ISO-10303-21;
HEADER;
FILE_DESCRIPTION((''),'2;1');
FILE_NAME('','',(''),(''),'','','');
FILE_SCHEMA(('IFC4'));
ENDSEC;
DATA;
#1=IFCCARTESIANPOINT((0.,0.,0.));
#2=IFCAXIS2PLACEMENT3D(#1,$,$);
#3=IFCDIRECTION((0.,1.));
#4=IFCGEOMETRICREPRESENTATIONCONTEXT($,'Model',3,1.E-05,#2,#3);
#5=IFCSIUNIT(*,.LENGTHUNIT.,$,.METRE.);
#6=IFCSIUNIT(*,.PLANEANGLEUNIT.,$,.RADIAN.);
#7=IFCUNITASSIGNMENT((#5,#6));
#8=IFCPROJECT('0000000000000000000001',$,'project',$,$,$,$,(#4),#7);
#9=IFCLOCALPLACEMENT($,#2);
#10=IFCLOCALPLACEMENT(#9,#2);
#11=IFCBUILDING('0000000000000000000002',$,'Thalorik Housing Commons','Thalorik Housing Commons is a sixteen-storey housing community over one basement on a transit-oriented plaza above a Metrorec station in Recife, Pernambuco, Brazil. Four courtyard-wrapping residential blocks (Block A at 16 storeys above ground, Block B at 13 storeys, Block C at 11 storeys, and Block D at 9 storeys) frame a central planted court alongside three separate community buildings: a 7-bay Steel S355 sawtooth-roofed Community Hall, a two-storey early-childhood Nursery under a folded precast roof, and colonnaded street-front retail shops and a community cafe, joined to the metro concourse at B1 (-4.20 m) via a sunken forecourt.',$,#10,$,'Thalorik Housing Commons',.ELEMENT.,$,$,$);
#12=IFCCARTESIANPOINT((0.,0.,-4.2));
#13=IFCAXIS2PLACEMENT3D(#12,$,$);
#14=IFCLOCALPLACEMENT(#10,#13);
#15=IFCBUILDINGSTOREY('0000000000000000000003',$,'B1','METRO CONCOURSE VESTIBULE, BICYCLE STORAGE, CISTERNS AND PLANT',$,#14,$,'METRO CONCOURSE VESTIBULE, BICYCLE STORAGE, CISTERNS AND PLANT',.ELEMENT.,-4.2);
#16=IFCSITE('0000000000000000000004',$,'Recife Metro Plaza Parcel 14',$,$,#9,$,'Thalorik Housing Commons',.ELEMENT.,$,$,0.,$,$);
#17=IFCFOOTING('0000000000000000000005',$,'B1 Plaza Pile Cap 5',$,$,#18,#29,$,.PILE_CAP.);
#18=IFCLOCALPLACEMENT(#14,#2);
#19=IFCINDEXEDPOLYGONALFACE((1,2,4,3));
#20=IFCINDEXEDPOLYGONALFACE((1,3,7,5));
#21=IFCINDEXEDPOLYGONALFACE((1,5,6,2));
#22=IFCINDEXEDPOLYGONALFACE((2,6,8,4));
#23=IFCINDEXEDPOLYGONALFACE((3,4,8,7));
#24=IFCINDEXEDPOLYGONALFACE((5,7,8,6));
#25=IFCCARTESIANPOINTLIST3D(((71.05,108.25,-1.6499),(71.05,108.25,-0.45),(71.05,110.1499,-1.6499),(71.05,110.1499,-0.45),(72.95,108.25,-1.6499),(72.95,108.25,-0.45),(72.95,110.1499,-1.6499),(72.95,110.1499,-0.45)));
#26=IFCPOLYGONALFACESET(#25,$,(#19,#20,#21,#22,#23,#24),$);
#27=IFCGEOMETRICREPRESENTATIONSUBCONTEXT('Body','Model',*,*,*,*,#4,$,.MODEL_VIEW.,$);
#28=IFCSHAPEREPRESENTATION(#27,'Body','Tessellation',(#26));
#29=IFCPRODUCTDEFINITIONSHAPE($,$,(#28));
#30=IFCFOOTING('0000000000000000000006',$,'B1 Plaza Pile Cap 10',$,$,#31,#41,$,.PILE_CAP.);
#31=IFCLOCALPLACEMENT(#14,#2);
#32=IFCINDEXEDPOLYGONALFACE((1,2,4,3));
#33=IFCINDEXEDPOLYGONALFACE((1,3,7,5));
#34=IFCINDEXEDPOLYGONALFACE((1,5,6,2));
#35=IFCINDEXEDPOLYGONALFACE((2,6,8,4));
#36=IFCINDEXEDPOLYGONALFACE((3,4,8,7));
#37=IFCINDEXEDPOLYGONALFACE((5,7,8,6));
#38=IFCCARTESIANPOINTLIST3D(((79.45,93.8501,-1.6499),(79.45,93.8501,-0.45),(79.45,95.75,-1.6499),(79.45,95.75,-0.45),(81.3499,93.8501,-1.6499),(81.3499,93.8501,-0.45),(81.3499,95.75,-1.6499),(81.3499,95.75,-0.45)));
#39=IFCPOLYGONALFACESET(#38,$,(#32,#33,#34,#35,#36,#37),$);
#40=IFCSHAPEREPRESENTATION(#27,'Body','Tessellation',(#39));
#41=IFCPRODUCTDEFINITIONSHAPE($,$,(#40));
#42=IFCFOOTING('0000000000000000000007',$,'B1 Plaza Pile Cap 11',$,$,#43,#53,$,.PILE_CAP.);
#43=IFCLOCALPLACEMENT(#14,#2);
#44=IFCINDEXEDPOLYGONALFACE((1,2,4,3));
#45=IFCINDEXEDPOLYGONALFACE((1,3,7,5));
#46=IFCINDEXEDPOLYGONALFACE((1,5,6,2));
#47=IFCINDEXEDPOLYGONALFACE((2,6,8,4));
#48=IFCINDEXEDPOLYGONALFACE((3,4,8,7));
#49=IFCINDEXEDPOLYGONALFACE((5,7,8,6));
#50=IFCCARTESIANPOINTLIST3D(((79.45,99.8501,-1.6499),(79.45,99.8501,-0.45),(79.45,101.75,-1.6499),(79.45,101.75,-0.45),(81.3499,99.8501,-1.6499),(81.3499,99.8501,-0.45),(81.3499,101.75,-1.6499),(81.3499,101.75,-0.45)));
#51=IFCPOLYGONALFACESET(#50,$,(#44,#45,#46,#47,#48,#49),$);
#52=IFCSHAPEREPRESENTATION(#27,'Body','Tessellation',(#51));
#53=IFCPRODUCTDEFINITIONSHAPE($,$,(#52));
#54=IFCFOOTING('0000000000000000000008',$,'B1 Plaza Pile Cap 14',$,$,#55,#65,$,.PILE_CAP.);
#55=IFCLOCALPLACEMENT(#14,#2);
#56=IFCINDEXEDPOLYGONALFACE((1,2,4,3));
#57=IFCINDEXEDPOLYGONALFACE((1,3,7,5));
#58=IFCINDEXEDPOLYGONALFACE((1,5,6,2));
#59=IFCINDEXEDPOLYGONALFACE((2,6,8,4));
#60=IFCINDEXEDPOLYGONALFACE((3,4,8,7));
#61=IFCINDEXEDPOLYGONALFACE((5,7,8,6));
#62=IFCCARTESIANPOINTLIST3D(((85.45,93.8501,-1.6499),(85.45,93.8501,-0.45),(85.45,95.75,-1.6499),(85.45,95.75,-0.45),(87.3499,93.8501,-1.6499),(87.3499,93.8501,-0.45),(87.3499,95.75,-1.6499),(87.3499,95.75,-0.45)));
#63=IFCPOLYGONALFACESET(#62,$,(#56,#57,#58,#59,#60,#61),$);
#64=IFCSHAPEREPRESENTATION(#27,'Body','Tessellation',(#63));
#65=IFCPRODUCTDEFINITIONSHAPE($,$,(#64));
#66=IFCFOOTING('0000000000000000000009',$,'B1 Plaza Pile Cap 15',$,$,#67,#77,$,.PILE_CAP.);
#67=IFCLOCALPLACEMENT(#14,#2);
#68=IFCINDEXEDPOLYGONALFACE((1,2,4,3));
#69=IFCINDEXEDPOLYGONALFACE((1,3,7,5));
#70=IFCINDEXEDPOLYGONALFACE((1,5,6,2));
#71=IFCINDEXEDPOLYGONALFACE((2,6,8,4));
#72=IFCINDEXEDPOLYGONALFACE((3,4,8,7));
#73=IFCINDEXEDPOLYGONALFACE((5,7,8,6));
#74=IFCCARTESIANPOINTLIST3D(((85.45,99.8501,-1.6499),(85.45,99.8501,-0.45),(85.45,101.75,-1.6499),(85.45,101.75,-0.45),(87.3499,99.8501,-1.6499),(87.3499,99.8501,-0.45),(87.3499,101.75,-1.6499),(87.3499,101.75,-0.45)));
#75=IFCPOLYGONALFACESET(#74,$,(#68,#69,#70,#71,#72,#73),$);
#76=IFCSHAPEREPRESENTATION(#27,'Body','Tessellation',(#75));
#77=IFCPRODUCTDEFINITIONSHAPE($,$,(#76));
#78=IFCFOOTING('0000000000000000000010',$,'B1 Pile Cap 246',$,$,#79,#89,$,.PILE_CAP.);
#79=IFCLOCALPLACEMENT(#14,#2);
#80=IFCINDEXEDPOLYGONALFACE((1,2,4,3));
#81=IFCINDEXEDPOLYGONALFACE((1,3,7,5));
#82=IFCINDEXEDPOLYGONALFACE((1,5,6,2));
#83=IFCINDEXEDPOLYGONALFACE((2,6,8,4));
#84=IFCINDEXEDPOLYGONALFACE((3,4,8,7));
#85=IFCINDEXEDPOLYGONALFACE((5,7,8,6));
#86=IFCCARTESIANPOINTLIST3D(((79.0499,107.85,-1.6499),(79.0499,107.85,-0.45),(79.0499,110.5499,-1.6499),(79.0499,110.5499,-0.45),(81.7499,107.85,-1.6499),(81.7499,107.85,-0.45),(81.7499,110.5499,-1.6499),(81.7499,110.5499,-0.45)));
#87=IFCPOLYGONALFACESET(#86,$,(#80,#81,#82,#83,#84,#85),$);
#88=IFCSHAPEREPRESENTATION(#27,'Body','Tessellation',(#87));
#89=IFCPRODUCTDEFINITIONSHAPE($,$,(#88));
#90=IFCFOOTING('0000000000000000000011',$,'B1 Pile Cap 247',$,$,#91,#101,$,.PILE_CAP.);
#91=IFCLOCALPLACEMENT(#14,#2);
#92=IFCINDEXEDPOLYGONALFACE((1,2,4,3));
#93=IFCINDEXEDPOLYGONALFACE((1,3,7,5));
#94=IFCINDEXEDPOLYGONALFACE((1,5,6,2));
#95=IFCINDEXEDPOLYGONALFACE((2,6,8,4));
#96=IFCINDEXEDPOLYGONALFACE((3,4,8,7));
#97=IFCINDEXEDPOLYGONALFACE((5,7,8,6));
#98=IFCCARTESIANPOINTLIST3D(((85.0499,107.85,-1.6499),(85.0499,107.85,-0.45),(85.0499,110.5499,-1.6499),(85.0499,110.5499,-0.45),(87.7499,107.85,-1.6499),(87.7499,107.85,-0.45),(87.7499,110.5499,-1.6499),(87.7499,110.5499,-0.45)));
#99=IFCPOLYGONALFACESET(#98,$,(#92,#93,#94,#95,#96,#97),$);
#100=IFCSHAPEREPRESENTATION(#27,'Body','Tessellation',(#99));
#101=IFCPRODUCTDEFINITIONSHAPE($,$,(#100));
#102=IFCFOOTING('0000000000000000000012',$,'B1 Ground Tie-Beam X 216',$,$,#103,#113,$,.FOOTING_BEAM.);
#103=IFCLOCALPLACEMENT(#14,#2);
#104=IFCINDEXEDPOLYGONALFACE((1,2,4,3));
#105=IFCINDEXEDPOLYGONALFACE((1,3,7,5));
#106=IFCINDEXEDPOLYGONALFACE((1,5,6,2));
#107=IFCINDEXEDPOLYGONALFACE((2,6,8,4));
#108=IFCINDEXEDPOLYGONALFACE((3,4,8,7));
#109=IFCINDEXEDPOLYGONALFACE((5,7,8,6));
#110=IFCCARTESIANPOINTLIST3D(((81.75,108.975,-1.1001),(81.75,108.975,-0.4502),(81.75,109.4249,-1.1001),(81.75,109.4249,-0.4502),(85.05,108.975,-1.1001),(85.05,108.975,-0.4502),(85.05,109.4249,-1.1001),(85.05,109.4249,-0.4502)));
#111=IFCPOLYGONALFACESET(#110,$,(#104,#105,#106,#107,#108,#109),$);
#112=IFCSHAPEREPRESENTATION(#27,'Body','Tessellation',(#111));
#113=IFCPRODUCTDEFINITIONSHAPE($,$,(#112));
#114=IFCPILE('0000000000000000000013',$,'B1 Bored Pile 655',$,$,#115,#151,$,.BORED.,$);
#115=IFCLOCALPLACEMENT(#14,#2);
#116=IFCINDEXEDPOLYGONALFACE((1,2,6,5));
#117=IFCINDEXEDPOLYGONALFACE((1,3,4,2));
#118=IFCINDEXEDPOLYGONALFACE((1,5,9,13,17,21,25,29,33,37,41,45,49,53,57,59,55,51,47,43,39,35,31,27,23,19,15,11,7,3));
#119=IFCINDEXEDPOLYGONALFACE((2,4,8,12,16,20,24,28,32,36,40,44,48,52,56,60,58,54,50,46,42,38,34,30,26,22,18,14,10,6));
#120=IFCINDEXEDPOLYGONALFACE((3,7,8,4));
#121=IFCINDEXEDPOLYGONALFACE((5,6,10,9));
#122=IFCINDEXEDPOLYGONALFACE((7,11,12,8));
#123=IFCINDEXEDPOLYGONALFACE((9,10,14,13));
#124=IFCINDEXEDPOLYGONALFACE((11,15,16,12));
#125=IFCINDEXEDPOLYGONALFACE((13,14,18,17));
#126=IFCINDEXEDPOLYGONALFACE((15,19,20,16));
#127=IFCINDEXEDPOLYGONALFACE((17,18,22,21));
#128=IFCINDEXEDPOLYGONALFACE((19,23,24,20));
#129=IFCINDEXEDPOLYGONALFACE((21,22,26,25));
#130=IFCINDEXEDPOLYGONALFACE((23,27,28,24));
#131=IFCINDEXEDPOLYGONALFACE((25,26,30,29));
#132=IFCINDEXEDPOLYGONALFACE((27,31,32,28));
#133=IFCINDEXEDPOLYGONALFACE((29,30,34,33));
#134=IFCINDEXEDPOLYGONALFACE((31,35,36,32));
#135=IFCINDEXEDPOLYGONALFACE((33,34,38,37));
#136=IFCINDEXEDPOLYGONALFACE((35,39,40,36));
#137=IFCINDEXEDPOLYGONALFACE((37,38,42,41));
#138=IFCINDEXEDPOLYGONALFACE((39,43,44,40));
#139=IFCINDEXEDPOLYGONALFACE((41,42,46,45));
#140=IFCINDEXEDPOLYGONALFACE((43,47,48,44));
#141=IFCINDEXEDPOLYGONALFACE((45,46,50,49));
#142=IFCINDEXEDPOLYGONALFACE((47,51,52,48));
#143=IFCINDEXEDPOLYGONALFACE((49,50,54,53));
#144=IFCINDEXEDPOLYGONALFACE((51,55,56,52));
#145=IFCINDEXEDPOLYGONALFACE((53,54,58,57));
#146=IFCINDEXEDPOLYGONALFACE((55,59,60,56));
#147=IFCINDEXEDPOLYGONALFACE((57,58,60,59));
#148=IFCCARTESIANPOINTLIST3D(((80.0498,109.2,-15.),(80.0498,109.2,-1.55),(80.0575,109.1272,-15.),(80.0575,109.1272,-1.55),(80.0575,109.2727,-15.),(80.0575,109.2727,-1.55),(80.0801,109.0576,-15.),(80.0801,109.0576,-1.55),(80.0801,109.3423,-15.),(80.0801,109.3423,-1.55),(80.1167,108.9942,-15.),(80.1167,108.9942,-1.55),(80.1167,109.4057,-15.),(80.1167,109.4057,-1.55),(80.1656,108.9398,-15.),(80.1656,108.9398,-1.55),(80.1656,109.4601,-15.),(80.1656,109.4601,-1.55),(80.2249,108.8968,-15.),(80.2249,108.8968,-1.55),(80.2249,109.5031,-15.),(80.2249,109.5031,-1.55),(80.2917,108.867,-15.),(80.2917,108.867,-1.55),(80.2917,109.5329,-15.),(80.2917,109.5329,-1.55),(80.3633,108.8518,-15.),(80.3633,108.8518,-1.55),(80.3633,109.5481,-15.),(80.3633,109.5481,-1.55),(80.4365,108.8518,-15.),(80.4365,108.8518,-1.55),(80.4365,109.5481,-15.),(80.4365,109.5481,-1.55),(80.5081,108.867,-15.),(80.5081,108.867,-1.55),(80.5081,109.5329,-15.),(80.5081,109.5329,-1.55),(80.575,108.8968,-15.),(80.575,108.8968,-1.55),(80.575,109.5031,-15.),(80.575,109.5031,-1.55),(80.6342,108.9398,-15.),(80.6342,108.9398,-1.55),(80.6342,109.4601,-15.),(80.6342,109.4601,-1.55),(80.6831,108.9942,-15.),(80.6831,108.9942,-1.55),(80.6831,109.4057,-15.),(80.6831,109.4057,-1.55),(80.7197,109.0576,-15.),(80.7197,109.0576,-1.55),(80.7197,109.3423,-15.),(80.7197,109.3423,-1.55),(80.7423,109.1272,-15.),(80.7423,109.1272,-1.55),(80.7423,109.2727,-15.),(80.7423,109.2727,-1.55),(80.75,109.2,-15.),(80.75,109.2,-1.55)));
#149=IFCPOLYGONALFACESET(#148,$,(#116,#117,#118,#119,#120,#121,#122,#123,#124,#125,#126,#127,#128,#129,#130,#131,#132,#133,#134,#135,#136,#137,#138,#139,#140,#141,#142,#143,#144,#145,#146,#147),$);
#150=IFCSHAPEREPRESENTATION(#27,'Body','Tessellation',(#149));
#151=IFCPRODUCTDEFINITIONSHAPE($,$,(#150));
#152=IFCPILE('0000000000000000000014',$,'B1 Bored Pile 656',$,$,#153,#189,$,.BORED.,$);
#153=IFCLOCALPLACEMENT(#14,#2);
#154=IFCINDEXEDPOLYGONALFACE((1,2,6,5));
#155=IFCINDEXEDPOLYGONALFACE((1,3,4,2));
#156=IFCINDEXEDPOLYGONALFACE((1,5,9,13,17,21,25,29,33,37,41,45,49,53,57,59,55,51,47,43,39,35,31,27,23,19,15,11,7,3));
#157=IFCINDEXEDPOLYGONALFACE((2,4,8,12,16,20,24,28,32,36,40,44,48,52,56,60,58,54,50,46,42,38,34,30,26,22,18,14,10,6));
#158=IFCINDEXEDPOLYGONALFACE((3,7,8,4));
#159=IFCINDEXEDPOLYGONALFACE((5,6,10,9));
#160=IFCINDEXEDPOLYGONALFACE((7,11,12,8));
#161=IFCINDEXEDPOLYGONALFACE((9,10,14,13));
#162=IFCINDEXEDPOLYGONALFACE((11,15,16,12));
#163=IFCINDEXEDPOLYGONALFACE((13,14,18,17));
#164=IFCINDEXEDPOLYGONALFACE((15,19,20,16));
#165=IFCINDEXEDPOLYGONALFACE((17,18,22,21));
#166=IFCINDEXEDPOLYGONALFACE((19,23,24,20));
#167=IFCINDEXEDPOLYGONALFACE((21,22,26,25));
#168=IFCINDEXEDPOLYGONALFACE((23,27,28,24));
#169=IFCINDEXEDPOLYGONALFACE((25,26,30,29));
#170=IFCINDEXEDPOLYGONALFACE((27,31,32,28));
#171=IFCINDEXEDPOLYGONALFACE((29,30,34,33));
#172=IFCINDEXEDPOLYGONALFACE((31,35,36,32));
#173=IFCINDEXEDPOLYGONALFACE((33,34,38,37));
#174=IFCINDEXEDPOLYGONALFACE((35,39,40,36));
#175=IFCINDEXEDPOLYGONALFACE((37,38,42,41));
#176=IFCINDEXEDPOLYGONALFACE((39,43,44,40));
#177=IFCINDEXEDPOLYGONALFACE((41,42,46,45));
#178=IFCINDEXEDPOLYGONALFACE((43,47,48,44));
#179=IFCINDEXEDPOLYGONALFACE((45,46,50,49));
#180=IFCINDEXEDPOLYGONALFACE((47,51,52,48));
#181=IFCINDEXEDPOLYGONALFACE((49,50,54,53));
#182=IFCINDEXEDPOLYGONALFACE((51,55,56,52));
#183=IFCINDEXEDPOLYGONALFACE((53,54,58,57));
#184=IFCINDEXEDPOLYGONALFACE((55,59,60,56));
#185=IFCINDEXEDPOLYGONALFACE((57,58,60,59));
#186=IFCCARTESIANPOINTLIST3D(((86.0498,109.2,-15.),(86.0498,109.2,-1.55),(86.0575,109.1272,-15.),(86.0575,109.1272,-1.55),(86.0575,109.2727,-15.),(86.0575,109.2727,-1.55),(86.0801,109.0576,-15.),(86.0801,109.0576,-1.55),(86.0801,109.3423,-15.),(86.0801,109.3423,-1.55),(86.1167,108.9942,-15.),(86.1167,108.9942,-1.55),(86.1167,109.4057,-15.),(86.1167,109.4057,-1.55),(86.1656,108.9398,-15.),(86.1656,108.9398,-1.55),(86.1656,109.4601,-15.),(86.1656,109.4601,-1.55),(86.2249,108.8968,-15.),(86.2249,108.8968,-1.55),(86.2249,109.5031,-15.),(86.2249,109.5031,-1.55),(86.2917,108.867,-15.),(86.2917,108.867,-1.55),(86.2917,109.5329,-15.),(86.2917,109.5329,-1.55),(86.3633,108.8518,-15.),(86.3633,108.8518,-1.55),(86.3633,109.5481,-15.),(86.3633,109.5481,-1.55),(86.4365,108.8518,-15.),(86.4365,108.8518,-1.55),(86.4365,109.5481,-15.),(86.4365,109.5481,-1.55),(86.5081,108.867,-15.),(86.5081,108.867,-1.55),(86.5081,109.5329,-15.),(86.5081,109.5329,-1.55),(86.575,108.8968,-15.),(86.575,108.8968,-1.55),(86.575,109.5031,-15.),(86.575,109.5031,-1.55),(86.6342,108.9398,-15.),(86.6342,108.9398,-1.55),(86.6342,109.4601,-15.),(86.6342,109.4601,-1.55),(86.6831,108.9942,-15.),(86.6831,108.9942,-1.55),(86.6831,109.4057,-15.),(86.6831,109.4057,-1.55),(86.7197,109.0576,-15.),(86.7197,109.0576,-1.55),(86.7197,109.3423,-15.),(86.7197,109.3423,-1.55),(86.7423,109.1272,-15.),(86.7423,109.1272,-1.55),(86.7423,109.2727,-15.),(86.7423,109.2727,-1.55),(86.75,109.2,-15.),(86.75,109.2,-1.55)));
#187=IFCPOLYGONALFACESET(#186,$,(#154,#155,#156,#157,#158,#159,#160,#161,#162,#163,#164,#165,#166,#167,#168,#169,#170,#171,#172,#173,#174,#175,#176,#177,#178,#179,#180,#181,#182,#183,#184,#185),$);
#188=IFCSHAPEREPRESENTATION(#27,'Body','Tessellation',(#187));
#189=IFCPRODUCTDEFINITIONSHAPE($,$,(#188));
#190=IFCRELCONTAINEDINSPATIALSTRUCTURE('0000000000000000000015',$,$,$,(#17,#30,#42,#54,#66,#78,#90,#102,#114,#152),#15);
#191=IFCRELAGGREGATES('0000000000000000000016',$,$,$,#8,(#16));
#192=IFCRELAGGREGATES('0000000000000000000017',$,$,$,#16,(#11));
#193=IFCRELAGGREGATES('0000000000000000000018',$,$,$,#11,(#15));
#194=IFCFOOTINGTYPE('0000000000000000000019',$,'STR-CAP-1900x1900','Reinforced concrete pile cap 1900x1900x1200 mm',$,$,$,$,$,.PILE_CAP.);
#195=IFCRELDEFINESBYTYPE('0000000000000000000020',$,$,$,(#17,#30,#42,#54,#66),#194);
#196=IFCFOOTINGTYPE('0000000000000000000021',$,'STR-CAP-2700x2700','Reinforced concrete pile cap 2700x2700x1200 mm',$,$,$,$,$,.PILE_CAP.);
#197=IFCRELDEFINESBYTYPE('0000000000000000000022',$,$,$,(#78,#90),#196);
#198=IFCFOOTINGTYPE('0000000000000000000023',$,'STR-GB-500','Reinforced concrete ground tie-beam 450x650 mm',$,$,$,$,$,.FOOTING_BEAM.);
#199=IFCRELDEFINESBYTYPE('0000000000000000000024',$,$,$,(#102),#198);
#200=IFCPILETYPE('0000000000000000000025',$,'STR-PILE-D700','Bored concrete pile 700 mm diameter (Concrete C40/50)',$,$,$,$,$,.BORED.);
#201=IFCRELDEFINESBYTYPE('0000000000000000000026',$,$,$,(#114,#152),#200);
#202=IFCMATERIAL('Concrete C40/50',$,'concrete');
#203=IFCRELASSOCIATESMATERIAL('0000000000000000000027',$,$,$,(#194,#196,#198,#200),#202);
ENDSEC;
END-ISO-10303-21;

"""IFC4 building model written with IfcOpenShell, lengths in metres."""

from ifc_helpers import new_model, si_unit, direction, frame, origin, origin_2d, place, context, subcontext, project, spatial, rectangle, circle, extrude, material, material_profile, profile_set, type_object, element, save


model = new_model("IFC4")

# Units and contexts
model_context = context("Model", 3, precision=1e-05, world=origin(), true_north=direction((0.0, 1.0)))
body_context = subcontext(model_context, "Body", "Model", "MODEL_VIEW")
ifc_project = project(units=[si_unit("LENGTHUNIT", "METRE"), si_unit("PLANEANGLEUNIT", "RADIAN")], contexts=[model_context])

# Site, building, storey
site_placement = place(None, origin())
site = spatial("IfcSite", under=ifc_project, at=site_placement, Name="Recife Metro Plaza Parcel 14", LongName="Thalorik Housing Commons", CompositionType="ELEMENT", RefElevation=0.0)
building_placement = place(site_placement, origin())
building = spatial("IfcBuilding", under=site, at=building_placement, Name="Thalorik Housing Commons", Description="Thalorik Housing Commons is a sixteen-storey housing community over one basement on a transit-oriented plaza above a Metrorec station in Recife, Pernambuco, Brazil. Four courtyard-wrapping residential blocks (Block A at 16 storeys above ground, Block B at 13 storeys, Block C at 11 storeys, and Block D at 9 storeys) frame a central planted court alongside three separate community buildings: a 7-bay Steel S355 sawtooth-roofed Community Hall, a two-storey early-childhood Nursery under a folded precast roof, and colonnaded street-front retail shops and a community cafe, joined to the metro concourse at B1 (-4.20 m) via a sunken forecourt.", LongName="Thalorik Housing Commons", CompositionType="ELEMENT")
storey_placement = place(building_placement, frame((0.0, 0.0, -4.2)))
storey = spatial("IfcBuildingStorey", under=building, at=storey_placement, Name="B1", Description="METRO CONCOURSE VESTIBULE, BICYCLE STORAGE, CISTERNS AND PLANT", LongName="METRO CONCOURSE VESTIBULE, BICYCLE STORAGE, CISTERNS AND PLANT", CompositionType="ELEMENT", Elevation=-4.2)

# Footings
ifc_material_1 = material(Name="Concrete C40/50", Category="concrete")
footing_type_1 = type_object("IfcFootingType", Name="STR-CAP-1900x1900", Description="Reinforced concrete pile cap 1900x1900x1200 mm", PredefinedType="PILE_CAP", material=ifc_material_1)
for number, where, z_axis, x_axis, name in (
    (1, (72.0, 109.2, -1.6499), (0.0, 0.0, 1.0), (1.0, 0.0, 0.0), "B1 Plaza Pile Cap 5"),
    (2, (80.3999, 94.8, -1.6499), (0.0, 0.0, 1.0), (1.0, 0.0, 0.0), "B1 Plaza Pile Cap 10"),
    (3, (80.3999, 100.8, -1.6499), (0.0, 0.0, 1.0), (1.0, 0.0, 0.0), "B1 Plaza Pile Cap 11"),
    (4, (86.3999, 94.8, -1.6499), (0.0, 0.0, 1.0), (1.0, 0.0, 0.0), "B1 Plaza Pile Cap 14"),
    (5, (86.3999, 100.8, -1.6499), (0.0, 0.0, 1.0), (1.0, 0.0, 0.0), "B1 Plaza Pile Cap 15"),
):
    element("IfcFooting", number, at=place(storey_placement, frame(where, z_axis=z_axis, x_axis=x_axis)), inside=storey, type_object=footing_type_1, Name=name, PredefinedType="PILE_CAP", context=body_context, shape_type="SweptSolid", body=[
        extrude(rectangle(XDim=1.8999, YDim=1.8999, at=origin_2d()), origin(), (0.0, 0.0, 1.0), 1.2),
    ])
footing_type_2 = type_object("IfcFootingType", Name="STR-CAP-2700x2700", Description="Reinforced concrete pile cap 2700x2700x1200 mm", PredefinedType="PILE_CAP", material=ifc_material_1)
for number, where, z_axis, x_axis, name in (
    (6, (80.3999, 109.2, -1.6499), (0.0, 0.0, 1.0), (1.0, 0.0, 0.0), "B1 Pile Cap 246"),
    (7, (86.3999, 109.2, -1.6499), (0.0, 0.0, 1.0), (1.0, 0.0, 0.0), "B1 Pile Cap 247"),
):
    element("IfcFooting", number, at=place(storey_placement, frame(where, z_axis=z_axis, x_axis=x_axis)), inside=storey, type_object=footing_type_2, Name=name, PredefinedType="PILE_CAP", context=body_context, shape_type="SweptSolid", body=[
        extrude(rectangle(XDim=2.7, YDim=2.7, at=origin_2d()), origin(), (0.0, 0.0, 1.0), 1.2),
    ])
ifc_material_profile_1 = material_profile(ifc_material_1, rectangle(XDim=0.45, YDim=0.6499, at=origin_2d()), Name="RC 450x650", Category="concrete")
ifc_profile_set_1 = profile_set([ifc_material_profile_1], Name="Concrete C40/50")
footing_type_3 = type_object("IfcFootingType", Name="STR-GB-500", Description="Reinforced concrete ground tie-beam 450x650 mm", PredefinedType="FOOTING_BEAM", material=ifc_profile_set_1)
footing_placement = place(storey_placement, frame((81.75, 109.2, -0.7751), z_axis=(1.0, 0.0, 0.0), x_axis=(0.0, 1.0, 0.0)))
element("IfcFooting", 8, at=footing_placement, inside=storey, type_object=footing_type_3, Name="B1 Ground Tie-Beam X 216", PredefinedType="FOOTING_BEAM", context=body_context, shape_type="SweptSolid", body=[
    extrude(rectangle(XDim=0.45, YDim=0.6499, at=origin_2d()), origin(), (0.0, 0.0, 1.0), 3.3),
])

# Piles
ifc_material_profile_2 = material_profile(ifc_material_1, circle(Radius=0.3501, at=origin_2d()), Name="BORED PILE D700", Category="concrete")
ifc_profile_set_2 = profile_set([ifc_material_profile_2], Name="Concrete C40/50")
pile_type = type_object("IfcPileType", Name="STR-PILE-D700", Description="Bored concrete pile 700 mm diameter (Concrete C40/50)", PredefinedType="BORED", material=ifc_profile_set_2)
for number, where, z_axis, x_axis, name in (
    (9, (80.3999, 109.2, -1.55), (0.0, 0.0, -1.0), (1.0, 0.0, 0.0), "B1 Bored Pile 655"),
    (10, (86.3999, 109.2, -1.55), (0.0, 0.0, -1.0), (1.0, 0.0, 0.0), "B1 Bored Pile 656"),
):
    element("IfcPile", number, at=place(storey_placement, frame(where, z_axis=z_axis, x_axis=x_axis)), inside=storey, type_object=pile_type, Name=name, PredefinedType="BORED", context=body_context, shape_type="SweptSolid", body=[
        extrude(circle(Radius=0.3501, at=origin_2d()), origin(), (0.0, 0.0, 1.0), 13.45),
    ])

save(model, "model.ifc")
